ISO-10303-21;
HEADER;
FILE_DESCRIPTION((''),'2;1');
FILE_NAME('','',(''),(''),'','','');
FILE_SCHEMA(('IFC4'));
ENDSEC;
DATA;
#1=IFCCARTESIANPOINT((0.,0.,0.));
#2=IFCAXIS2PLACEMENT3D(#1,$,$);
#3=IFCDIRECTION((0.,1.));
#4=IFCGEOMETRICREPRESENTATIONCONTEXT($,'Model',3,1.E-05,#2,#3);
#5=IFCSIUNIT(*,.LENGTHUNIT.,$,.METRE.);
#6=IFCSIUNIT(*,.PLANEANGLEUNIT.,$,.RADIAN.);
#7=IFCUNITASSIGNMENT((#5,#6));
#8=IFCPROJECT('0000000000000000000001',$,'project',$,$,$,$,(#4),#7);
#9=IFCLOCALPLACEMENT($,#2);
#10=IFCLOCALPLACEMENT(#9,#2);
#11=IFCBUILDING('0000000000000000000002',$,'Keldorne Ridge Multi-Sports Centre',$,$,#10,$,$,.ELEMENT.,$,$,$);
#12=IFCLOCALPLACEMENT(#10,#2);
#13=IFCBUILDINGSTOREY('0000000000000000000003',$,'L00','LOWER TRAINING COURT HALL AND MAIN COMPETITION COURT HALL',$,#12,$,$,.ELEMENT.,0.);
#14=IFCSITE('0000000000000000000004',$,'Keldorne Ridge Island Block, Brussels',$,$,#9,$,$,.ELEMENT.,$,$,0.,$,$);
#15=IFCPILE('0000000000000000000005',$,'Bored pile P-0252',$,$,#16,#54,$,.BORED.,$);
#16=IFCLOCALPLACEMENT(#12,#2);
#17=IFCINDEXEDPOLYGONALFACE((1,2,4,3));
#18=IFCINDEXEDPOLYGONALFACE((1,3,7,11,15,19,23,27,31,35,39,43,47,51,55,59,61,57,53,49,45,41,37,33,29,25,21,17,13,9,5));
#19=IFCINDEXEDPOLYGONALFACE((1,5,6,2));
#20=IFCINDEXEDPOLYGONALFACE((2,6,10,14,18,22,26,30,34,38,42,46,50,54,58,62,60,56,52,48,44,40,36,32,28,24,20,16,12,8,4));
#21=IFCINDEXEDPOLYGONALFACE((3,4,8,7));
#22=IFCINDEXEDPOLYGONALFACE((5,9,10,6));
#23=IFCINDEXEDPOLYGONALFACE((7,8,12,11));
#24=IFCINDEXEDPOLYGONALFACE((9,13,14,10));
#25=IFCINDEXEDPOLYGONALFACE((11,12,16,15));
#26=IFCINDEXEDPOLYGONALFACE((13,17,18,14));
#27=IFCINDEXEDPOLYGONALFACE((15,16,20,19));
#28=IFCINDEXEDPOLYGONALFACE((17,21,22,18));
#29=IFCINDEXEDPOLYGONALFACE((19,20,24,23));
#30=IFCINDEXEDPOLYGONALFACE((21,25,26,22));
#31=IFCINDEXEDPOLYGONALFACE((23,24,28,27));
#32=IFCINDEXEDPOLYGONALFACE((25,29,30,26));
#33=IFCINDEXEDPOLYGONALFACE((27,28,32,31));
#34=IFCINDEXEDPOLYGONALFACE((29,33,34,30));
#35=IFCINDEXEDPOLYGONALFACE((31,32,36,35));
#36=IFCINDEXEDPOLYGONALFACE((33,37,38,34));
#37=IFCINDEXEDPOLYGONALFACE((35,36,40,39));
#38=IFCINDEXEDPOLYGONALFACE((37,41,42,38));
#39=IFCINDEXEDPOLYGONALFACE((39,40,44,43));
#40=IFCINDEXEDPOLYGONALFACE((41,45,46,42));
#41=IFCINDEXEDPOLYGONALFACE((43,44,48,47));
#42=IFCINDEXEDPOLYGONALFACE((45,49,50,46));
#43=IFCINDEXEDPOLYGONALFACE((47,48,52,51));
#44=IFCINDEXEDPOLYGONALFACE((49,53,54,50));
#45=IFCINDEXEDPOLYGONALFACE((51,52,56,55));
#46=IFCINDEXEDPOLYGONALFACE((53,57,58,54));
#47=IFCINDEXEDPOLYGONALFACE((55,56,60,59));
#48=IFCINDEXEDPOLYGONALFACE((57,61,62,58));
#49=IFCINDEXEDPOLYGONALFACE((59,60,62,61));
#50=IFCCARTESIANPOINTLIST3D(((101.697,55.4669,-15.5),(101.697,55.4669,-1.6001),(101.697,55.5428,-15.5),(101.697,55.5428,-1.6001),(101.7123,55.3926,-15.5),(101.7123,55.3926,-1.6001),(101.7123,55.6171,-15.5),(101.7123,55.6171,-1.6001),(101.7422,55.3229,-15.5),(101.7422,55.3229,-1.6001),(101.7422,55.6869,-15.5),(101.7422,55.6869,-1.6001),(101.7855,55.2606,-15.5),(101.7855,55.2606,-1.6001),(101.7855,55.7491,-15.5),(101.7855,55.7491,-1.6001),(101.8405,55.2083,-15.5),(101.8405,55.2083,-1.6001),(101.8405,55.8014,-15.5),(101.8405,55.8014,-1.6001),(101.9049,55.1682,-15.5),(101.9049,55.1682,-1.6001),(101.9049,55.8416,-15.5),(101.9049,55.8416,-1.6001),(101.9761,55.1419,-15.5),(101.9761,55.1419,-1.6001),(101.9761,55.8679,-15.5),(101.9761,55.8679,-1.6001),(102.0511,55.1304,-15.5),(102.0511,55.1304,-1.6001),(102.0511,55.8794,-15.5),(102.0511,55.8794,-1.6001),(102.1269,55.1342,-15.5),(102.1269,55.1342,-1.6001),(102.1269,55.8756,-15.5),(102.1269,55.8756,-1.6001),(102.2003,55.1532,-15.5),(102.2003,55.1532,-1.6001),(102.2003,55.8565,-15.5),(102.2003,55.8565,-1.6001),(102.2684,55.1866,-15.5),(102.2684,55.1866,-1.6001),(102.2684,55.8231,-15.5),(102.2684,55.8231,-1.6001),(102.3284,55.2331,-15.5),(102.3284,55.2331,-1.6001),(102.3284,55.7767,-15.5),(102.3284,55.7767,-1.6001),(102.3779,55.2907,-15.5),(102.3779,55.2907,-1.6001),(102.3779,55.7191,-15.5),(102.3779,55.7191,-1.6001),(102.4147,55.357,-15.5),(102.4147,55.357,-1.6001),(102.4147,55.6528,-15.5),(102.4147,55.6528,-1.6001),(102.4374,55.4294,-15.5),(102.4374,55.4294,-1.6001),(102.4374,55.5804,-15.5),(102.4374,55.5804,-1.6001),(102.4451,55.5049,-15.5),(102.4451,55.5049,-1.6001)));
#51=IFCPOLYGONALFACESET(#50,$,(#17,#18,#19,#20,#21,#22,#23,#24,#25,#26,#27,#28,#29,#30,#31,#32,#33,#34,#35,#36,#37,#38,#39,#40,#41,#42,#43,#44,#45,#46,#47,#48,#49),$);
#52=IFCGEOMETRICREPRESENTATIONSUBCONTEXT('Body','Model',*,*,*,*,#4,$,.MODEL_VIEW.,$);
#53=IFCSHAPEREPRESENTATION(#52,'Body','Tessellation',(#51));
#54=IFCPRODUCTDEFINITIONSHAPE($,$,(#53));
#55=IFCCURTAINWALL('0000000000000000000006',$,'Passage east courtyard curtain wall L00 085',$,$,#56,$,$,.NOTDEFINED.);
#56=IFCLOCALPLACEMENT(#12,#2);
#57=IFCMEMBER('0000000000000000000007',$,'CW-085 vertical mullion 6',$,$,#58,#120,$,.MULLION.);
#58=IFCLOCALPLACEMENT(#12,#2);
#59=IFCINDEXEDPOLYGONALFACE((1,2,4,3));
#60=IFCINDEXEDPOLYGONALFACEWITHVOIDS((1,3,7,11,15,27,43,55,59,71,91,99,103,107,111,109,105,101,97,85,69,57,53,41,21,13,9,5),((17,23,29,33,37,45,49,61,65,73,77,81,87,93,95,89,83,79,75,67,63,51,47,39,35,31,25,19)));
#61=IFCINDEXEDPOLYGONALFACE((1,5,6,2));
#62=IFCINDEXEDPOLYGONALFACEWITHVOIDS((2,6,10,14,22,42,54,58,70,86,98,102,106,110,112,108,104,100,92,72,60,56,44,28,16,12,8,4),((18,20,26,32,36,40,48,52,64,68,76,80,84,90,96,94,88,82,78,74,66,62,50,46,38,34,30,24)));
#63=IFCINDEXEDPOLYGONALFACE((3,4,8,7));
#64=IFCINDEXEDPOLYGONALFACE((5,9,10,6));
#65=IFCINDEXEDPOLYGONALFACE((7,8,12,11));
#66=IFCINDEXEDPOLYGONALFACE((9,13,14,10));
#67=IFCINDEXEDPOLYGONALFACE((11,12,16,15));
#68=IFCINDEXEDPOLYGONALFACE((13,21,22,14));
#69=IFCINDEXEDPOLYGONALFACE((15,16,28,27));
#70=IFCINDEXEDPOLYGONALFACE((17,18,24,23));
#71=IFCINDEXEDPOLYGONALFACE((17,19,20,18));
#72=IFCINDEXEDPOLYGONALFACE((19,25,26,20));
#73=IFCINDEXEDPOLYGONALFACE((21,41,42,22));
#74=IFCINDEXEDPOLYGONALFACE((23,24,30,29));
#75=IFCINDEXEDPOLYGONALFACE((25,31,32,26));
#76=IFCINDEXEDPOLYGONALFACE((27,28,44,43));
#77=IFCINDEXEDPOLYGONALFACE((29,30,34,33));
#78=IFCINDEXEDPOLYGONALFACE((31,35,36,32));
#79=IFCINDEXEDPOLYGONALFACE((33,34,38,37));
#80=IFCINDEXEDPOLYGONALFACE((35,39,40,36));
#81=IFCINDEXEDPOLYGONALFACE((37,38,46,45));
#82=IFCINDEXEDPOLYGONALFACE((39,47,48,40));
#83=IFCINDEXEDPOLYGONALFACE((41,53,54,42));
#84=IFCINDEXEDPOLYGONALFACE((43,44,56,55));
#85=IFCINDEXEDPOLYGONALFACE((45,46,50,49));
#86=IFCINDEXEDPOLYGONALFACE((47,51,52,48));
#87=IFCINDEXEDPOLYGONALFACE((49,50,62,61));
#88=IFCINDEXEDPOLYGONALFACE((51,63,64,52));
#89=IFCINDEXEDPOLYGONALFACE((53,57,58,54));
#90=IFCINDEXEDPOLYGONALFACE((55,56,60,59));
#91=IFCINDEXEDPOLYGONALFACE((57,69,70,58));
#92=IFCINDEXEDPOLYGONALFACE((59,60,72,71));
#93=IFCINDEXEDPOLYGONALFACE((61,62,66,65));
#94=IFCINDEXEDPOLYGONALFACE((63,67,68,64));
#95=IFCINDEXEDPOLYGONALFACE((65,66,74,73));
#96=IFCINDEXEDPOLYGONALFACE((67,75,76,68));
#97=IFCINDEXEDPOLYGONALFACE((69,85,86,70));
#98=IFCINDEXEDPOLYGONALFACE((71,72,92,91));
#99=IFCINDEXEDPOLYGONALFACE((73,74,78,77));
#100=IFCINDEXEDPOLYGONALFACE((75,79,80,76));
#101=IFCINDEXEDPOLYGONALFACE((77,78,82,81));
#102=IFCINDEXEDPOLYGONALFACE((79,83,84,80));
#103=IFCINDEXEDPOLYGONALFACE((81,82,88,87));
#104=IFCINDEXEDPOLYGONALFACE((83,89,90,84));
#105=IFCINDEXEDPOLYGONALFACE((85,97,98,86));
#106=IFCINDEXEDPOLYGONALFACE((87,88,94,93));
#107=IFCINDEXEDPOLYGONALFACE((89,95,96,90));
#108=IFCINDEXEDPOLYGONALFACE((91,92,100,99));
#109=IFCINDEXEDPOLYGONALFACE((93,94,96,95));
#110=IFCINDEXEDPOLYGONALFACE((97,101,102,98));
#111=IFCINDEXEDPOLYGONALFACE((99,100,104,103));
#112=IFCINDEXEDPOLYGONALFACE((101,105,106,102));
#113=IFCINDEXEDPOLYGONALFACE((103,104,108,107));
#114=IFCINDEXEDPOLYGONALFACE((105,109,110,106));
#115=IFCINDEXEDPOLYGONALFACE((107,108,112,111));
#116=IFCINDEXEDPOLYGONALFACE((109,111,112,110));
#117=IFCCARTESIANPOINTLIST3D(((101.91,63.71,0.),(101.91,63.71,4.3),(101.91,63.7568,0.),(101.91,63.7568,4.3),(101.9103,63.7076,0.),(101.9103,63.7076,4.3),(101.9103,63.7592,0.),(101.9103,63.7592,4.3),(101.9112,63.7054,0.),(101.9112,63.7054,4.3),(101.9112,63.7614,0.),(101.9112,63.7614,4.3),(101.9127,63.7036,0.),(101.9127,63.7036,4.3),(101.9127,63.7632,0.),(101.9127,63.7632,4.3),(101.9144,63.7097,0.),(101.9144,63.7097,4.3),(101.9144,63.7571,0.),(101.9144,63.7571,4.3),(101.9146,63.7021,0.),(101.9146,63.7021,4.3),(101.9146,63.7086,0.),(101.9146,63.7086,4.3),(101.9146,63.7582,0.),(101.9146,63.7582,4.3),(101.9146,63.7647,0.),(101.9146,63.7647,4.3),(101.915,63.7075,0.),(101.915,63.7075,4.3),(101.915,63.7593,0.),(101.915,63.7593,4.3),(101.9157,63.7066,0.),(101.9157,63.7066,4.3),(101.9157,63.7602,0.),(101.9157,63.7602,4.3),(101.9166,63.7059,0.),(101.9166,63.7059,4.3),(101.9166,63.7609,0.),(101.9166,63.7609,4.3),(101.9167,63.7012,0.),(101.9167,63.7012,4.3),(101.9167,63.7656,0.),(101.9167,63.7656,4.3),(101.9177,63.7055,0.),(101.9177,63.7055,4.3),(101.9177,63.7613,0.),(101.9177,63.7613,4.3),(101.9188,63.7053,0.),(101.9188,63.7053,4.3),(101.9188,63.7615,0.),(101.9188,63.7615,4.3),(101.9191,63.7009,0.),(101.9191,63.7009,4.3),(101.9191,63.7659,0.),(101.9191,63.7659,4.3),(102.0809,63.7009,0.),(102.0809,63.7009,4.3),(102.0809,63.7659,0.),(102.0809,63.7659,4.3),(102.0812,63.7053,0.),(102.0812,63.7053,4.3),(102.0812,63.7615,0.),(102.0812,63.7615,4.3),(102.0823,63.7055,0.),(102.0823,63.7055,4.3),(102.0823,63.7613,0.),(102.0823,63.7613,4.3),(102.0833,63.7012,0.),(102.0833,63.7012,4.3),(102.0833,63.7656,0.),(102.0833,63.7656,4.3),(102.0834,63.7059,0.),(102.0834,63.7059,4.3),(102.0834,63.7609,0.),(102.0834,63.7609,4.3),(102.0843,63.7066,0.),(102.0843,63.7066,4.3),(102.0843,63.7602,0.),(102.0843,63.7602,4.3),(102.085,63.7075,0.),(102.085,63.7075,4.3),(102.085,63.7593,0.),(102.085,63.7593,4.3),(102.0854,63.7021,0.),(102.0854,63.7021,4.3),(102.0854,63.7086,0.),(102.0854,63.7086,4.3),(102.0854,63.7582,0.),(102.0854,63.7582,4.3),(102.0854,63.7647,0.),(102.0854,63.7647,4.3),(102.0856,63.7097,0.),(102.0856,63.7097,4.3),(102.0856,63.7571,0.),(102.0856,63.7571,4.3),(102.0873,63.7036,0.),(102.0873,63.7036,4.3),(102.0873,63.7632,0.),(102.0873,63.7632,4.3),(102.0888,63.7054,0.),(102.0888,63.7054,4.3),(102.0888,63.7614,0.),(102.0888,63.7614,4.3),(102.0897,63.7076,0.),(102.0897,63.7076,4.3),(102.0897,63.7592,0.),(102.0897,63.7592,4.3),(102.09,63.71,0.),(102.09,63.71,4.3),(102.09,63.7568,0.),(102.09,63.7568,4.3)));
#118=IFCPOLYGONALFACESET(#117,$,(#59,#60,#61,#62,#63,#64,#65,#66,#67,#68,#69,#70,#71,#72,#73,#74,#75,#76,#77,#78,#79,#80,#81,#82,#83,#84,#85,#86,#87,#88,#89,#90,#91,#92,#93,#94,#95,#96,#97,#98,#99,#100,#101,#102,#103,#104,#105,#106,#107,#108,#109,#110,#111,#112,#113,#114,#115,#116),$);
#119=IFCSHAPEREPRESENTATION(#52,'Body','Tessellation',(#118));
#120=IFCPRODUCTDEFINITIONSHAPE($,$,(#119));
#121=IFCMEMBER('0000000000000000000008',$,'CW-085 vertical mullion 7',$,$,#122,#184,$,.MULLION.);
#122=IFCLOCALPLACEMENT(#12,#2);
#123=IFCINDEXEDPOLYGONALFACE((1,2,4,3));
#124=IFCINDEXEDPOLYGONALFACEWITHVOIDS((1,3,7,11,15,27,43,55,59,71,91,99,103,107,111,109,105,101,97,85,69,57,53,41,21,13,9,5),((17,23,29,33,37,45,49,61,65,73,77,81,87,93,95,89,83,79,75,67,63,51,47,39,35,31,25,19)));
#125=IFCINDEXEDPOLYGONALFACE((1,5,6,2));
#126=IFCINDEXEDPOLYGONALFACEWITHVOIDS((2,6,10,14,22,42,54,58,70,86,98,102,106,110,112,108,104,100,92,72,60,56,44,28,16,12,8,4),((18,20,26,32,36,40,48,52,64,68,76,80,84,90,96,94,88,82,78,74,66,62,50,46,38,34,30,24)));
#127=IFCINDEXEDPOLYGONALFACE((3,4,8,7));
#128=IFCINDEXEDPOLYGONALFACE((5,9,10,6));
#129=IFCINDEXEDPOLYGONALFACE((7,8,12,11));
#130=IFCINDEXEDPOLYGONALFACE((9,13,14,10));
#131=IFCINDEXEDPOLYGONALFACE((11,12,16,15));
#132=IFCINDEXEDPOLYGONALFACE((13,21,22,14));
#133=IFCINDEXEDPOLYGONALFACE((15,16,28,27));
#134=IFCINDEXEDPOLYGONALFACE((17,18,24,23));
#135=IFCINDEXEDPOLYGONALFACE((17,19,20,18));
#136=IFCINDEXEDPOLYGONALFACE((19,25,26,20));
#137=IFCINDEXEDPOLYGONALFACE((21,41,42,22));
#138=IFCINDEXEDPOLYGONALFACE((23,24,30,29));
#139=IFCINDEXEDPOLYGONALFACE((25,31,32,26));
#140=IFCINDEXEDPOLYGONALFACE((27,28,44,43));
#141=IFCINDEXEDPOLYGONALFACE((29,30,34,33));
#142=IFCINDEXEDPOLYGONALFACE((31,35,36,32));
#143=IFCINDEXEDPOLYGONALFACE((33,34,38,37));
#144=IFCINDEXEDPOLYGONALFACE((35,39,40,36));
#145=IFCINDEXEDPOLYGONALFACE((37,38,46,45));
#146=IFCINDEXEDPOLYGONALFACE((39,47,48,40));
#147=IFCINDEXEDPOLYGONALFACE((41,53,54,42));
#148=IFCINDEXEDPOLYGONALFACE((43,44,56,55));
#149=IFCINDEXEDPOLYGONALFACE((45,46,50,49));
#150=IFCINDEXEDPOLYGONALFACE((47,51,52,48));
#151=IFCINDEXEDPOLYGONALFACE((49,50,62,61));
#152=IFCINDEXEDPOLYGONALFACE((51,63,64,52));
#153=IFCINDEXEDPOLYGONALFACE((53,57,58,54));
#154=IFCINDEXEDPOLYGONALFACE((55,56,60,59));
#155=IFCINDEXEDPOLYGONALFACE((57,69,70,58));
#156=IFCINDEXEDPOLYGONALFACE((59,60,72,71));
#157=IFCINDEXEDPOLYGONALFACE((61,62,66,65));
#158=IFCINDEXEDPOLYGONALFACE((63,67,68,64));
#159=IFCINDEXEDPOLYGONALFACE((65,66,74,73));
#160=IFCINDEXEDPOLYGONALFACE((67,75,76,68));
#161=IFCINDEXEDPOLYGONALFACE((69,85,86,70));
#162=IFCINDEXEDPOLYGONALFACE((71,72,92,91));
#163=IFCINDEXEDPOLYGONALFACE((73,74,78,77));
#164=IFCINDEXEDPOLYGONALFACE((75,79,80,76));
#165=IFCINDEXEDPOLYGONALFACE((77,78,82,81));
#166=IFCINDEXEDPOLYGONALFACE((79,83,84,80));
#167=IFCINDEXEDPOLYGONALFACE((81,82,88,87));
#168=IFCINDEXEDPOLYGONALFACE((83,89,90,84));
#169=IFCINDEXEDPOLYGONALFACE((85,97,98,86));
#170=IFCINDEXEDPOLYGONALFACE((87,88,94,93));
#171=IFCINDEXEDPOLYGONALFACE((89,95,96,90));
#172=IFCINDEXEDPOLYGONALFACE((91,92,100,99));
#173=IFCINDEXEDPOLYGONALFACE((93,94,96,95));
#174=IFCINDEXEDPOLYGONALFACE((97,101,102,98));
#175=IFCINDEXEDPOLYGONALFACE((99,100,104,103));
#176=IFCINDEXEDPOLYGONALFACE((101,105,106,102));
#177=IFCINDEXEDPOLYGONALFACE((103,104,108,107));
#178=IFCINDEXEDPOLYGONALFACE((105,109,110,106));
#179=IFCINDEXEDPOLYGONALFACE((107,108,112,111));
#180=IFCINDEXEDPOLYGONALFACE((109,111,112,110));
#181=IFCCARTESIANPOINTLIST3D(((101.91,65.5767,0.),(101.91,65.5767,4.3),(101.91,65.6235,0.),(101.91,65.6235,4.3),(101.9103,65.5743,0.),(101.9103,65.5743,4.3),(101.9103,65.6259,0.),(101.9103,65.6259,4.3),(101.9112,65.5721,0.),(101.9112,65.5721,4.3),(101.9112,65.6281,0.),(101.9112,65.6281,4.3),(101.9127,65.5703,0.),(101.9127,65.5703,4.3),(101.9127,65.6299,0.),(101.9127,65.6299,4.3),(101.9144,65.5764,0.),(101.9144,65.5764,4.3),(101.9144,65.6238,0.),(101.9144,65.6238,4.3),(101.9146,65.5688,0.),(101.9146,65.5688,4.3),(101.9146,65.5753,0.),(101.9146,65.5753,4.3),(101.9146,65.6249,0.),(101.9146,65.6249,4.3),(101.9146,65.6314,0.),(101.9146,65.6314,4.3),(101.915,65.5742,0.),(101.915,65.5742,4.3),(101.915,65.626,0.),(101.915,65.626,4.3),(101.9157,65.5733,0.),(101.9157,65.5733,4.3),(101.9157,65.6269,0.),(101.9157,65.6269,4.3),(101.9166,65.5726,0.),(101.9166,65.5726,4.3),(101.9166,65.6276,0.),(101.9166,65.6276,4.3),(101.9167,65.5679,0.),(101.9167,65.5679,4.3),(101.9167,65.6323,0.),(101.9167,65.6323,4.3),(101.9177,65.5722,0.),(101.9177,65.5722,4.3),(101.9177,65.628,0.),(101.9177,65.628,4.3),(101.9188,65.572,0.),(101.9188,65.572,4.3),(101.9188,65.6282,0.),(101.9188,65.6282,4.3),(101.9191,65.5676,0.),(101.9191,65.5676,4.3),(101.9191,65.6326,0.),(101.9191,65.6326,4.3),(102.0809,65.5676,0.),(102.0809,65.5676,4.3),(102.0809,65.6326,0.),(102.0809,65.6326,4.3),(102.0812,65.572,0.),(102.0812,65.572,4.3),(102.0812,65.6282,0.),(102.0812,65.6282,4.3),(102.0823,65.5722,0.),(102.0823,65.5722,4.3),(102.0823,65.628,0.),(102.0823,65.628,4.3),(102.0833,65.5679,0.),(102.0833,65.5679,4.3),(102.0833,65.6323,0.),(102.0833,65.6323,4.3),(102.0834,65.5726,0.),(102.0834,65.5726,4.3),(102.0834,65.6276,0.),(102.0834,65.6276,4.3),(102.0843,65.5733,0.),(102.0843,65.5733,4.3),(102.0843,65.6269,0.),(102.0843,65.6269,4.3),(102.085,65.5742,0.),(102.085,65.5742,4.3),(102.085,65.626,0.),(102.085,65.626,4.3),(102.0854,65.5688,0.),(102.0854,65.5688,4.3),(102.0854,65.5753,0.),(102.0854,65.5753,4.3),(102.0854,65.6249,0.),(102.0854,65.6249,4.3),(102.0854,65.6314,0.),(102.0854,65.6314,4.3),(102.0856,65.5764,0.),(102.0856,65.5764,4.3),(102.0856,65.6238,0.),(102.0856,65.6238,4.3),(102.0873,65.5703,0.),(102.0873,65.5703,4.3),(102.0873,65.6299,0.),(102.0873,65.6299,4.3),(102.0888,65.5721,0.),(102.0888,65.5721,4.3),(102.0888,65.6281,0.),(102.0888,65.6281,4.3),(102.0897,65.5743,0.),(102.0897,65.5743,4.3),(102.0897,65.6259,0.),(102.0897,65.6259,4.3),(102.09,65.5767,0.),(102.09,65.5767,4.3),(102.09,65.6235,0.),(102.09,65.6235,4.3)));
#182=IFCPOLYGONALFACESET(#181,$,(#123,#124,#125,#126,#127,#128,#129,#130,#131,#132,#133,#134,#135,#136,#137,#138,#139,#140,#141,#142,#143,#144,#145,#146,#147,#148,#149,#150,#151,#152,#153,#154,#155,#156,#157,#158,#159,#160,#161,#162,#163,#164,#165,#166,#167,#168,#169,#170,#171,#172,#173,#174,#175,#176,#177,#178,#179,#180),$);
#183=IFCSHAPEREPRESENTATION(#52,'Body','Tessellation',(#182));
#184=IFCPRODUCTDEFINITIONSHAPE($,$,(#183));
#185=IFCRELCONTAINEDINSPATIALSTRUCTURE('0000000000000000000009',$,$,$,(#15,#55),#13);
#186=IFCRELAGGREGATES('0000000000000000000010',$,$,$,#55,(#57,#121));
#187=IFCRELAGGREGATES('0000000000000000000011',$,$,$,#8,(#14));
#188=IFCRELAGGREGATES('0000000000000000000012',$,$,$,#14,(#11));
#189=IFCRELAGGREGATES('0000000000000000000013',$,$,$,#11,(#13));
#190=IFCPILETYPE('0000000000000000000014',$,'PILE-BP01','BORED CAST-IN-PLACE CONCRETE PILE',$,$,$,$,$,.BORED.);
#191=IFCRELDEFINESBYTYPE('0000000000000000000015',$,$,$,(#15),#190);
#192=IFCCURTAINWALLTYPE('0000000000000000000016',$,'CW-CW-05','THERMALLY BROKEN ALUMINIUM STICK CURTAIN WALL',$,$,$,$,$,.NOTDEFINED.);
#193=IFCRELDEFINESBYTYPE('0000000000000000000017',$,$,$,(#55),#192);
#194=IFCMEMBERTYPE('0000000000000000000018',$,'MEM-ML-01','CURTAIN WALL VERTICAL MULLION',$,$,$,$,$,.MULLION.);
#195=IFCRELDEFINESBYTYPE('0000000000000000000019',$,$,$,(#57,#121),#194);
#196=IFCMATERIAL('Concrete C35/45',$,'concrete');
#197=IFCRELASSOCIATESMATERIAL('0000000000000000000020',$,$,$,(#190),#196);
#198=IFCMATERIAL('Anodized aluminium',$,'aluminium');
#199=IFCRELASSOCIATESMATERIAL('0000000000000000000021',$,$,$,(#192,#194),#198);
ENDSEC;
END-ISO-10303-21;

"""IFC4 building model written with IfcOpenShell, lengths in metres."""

from ifc_helpers import new_model, si_unit, direction, frame, origin, origin_2d, place, context, subcontext, project, spatial, hollow_rectangle, circle, extrude, material, material_profile, profile_set, type_object, element, aggregate, save


model = new_model("IFC4")

# Units and contexts
model_context = context("Model", 3, precision=1e-05, world=origin(), true_north=direction((0.0, 1.0)))
body_context = subcontext(model_context, "Body", "Model", "MODEL_VIEW")
ifc_project = project(units=[si_unit("LENGTHUNIT", "METRE"), si_unit("PLANEANGLEUNIT", "RADIAN")], contexts=[model_context])

# Site, building, storey
site_placement = place(None, origin())
site = spatial("IfcSite", under=ifc_project, at=site_placement, Name="Keldorne Ridge Island Block, Brussels", CompositionType="ELEMENT", RefElevation=0.0)
building_placement = place(site_placement, origin())
building = spatial("IfcBuilding", under=site, at=building_placement, Name="Keldorne Ridge Multi-Sports Centre", CompositionType="ELEMENT")
storey_placement = place(building_placement, origin())
storey = spatial("IfcBuildingStorey", under=building, at=storey_placement, Name="L00", Description="LOWER TRAINING COURT HALL AND MAIN COMPETITION COURT HALL", CompositionType="ELEMENT", Elevation=0.0)

# Pile
ifc_material_1 = material(Name="Concrete C35/45", Category="concrete")
ifc_material_profile_1 = material_profile(ifc_material_1, circle(Radius=0.375, at=origin_2d()), Name="BORED PILE D750")
ifc_profile_set_1 = profile_set([ifc_material_profile_1], Name="Concrete C35/45")
pile_type = type_object("IfcPileType", Name="PILE-BP01", Description="BORED CAST-IN-PLACE CONCRETE PILE", PredefinedType="BORED", material=ifc_profile_set_1)
pile_placement = place(storey_placement, frame((102.0701, 55.5049, -1.6001), z_axis=(0.0, 0.0, -1.0), x_axis=(1.0, 0.0, 0.0)))
element("IfcPile", 1, at=pile_placement, inside=storey, type_object=pile_type, Name="Bored pile P-0252", PredefinedType="BORED", context=body_context, shape_type="SweptSolid", body=[
    extrude(circle(Radius=0.375, at=origin_2d()), origin(), (0.0, 0.0, 1.0), 13.8999),
])

# Curtain wall, members
ifc_material_2 = material(Name="Anodized aluminium", Category="aluminium")
curtain_wall_type_1 = type_object("IfcCurtainWallType", Name="CW-CW-05", Description="THERMALLY BROKEN ALUMINIUM STICK CURTAIN WALL", PredefinedType="NOTDEFINED", material=ifc_material_2)
curtain_wall_1_placement = place(storey_placement, origin())
curtain_wall_1 = element("IfcCurtainWall", 2, at=curtain_wall_1_placement, inside=storey, type_object=curtain_wall_type_1, Name="Passage east courtyard curtain wall L00 085", PredefinedType="NOTDEFINED")
ifc_material_profile_2 = material_profile(ifc_material_2, hollow_rectangle(XDim=0.0649, YDim=0.1799, WallThickness=0.0044, InnerFilletRadius=0.0044, OuterFilletRadius=0.009, at=origin_2d()), Name="ALU MULLION 180x65x4.5")
ifc_profile_set_2 = profile_set([ifc_material_profile_2], Name="Anodized aluminium")
member_type_1 = type_object("IfcMemberType", Name="MEM-ML-01", Description="CURTAIN WALL VERTICAL MULLION", PredefinedType="MULLION", material=ifc_profile_set_2)
member_1_placement = place(storey_placement, frame((102.0, 63.7334, 0.0), z_axis=(0.0, 0.0, 1.0), x_axis=(0.0, 1.0, 0.0)))
member_1 = element("IfcMember", 3, at=member_1_placement, type_object=member_type_1, Name="CW-085 vertical mullion 6", PredefinedType="MULLION", context=body_context, shape_type="SweptSolid", body=[
    extrude(hollow_rectangle(XDim=0.0649, YDim=0.1799, WallThickness=0.0044, InnerFilletRadius=0.0044, OuterFilletRadius=0.009, at=origin_2d()), origin(), (0.0, 0.0, 1.0), 4.3),
])
member_2_placement = place(storey_placement, frame((102.0, 65.6001, 0.0), z_axis=(0.0, 0.0, 1.0), x_axis=(0.0, 1.0, 0.0)))
member_2 = element("IfcMember", 4, at=member_2_placement, type_object=member_type_1, Name="CW-085 vertical mullion 7", PredefinedType="MULLION", context=body_context, shape_type="SweptSolid", body=[
    extrude(hollow_rectangle(XDim=0.0649, YDim=0.1799, WallThickness=0.0044, InnerFilletRadius=0.0044, OuterFilletRadius=0.009, at=origin_2d()), origin(), (0.0, 0.0, 1.0), 4.3),
])

aggregate(curtain_wall_1, [member_1, member_2])

save(model, "model.ifc")
